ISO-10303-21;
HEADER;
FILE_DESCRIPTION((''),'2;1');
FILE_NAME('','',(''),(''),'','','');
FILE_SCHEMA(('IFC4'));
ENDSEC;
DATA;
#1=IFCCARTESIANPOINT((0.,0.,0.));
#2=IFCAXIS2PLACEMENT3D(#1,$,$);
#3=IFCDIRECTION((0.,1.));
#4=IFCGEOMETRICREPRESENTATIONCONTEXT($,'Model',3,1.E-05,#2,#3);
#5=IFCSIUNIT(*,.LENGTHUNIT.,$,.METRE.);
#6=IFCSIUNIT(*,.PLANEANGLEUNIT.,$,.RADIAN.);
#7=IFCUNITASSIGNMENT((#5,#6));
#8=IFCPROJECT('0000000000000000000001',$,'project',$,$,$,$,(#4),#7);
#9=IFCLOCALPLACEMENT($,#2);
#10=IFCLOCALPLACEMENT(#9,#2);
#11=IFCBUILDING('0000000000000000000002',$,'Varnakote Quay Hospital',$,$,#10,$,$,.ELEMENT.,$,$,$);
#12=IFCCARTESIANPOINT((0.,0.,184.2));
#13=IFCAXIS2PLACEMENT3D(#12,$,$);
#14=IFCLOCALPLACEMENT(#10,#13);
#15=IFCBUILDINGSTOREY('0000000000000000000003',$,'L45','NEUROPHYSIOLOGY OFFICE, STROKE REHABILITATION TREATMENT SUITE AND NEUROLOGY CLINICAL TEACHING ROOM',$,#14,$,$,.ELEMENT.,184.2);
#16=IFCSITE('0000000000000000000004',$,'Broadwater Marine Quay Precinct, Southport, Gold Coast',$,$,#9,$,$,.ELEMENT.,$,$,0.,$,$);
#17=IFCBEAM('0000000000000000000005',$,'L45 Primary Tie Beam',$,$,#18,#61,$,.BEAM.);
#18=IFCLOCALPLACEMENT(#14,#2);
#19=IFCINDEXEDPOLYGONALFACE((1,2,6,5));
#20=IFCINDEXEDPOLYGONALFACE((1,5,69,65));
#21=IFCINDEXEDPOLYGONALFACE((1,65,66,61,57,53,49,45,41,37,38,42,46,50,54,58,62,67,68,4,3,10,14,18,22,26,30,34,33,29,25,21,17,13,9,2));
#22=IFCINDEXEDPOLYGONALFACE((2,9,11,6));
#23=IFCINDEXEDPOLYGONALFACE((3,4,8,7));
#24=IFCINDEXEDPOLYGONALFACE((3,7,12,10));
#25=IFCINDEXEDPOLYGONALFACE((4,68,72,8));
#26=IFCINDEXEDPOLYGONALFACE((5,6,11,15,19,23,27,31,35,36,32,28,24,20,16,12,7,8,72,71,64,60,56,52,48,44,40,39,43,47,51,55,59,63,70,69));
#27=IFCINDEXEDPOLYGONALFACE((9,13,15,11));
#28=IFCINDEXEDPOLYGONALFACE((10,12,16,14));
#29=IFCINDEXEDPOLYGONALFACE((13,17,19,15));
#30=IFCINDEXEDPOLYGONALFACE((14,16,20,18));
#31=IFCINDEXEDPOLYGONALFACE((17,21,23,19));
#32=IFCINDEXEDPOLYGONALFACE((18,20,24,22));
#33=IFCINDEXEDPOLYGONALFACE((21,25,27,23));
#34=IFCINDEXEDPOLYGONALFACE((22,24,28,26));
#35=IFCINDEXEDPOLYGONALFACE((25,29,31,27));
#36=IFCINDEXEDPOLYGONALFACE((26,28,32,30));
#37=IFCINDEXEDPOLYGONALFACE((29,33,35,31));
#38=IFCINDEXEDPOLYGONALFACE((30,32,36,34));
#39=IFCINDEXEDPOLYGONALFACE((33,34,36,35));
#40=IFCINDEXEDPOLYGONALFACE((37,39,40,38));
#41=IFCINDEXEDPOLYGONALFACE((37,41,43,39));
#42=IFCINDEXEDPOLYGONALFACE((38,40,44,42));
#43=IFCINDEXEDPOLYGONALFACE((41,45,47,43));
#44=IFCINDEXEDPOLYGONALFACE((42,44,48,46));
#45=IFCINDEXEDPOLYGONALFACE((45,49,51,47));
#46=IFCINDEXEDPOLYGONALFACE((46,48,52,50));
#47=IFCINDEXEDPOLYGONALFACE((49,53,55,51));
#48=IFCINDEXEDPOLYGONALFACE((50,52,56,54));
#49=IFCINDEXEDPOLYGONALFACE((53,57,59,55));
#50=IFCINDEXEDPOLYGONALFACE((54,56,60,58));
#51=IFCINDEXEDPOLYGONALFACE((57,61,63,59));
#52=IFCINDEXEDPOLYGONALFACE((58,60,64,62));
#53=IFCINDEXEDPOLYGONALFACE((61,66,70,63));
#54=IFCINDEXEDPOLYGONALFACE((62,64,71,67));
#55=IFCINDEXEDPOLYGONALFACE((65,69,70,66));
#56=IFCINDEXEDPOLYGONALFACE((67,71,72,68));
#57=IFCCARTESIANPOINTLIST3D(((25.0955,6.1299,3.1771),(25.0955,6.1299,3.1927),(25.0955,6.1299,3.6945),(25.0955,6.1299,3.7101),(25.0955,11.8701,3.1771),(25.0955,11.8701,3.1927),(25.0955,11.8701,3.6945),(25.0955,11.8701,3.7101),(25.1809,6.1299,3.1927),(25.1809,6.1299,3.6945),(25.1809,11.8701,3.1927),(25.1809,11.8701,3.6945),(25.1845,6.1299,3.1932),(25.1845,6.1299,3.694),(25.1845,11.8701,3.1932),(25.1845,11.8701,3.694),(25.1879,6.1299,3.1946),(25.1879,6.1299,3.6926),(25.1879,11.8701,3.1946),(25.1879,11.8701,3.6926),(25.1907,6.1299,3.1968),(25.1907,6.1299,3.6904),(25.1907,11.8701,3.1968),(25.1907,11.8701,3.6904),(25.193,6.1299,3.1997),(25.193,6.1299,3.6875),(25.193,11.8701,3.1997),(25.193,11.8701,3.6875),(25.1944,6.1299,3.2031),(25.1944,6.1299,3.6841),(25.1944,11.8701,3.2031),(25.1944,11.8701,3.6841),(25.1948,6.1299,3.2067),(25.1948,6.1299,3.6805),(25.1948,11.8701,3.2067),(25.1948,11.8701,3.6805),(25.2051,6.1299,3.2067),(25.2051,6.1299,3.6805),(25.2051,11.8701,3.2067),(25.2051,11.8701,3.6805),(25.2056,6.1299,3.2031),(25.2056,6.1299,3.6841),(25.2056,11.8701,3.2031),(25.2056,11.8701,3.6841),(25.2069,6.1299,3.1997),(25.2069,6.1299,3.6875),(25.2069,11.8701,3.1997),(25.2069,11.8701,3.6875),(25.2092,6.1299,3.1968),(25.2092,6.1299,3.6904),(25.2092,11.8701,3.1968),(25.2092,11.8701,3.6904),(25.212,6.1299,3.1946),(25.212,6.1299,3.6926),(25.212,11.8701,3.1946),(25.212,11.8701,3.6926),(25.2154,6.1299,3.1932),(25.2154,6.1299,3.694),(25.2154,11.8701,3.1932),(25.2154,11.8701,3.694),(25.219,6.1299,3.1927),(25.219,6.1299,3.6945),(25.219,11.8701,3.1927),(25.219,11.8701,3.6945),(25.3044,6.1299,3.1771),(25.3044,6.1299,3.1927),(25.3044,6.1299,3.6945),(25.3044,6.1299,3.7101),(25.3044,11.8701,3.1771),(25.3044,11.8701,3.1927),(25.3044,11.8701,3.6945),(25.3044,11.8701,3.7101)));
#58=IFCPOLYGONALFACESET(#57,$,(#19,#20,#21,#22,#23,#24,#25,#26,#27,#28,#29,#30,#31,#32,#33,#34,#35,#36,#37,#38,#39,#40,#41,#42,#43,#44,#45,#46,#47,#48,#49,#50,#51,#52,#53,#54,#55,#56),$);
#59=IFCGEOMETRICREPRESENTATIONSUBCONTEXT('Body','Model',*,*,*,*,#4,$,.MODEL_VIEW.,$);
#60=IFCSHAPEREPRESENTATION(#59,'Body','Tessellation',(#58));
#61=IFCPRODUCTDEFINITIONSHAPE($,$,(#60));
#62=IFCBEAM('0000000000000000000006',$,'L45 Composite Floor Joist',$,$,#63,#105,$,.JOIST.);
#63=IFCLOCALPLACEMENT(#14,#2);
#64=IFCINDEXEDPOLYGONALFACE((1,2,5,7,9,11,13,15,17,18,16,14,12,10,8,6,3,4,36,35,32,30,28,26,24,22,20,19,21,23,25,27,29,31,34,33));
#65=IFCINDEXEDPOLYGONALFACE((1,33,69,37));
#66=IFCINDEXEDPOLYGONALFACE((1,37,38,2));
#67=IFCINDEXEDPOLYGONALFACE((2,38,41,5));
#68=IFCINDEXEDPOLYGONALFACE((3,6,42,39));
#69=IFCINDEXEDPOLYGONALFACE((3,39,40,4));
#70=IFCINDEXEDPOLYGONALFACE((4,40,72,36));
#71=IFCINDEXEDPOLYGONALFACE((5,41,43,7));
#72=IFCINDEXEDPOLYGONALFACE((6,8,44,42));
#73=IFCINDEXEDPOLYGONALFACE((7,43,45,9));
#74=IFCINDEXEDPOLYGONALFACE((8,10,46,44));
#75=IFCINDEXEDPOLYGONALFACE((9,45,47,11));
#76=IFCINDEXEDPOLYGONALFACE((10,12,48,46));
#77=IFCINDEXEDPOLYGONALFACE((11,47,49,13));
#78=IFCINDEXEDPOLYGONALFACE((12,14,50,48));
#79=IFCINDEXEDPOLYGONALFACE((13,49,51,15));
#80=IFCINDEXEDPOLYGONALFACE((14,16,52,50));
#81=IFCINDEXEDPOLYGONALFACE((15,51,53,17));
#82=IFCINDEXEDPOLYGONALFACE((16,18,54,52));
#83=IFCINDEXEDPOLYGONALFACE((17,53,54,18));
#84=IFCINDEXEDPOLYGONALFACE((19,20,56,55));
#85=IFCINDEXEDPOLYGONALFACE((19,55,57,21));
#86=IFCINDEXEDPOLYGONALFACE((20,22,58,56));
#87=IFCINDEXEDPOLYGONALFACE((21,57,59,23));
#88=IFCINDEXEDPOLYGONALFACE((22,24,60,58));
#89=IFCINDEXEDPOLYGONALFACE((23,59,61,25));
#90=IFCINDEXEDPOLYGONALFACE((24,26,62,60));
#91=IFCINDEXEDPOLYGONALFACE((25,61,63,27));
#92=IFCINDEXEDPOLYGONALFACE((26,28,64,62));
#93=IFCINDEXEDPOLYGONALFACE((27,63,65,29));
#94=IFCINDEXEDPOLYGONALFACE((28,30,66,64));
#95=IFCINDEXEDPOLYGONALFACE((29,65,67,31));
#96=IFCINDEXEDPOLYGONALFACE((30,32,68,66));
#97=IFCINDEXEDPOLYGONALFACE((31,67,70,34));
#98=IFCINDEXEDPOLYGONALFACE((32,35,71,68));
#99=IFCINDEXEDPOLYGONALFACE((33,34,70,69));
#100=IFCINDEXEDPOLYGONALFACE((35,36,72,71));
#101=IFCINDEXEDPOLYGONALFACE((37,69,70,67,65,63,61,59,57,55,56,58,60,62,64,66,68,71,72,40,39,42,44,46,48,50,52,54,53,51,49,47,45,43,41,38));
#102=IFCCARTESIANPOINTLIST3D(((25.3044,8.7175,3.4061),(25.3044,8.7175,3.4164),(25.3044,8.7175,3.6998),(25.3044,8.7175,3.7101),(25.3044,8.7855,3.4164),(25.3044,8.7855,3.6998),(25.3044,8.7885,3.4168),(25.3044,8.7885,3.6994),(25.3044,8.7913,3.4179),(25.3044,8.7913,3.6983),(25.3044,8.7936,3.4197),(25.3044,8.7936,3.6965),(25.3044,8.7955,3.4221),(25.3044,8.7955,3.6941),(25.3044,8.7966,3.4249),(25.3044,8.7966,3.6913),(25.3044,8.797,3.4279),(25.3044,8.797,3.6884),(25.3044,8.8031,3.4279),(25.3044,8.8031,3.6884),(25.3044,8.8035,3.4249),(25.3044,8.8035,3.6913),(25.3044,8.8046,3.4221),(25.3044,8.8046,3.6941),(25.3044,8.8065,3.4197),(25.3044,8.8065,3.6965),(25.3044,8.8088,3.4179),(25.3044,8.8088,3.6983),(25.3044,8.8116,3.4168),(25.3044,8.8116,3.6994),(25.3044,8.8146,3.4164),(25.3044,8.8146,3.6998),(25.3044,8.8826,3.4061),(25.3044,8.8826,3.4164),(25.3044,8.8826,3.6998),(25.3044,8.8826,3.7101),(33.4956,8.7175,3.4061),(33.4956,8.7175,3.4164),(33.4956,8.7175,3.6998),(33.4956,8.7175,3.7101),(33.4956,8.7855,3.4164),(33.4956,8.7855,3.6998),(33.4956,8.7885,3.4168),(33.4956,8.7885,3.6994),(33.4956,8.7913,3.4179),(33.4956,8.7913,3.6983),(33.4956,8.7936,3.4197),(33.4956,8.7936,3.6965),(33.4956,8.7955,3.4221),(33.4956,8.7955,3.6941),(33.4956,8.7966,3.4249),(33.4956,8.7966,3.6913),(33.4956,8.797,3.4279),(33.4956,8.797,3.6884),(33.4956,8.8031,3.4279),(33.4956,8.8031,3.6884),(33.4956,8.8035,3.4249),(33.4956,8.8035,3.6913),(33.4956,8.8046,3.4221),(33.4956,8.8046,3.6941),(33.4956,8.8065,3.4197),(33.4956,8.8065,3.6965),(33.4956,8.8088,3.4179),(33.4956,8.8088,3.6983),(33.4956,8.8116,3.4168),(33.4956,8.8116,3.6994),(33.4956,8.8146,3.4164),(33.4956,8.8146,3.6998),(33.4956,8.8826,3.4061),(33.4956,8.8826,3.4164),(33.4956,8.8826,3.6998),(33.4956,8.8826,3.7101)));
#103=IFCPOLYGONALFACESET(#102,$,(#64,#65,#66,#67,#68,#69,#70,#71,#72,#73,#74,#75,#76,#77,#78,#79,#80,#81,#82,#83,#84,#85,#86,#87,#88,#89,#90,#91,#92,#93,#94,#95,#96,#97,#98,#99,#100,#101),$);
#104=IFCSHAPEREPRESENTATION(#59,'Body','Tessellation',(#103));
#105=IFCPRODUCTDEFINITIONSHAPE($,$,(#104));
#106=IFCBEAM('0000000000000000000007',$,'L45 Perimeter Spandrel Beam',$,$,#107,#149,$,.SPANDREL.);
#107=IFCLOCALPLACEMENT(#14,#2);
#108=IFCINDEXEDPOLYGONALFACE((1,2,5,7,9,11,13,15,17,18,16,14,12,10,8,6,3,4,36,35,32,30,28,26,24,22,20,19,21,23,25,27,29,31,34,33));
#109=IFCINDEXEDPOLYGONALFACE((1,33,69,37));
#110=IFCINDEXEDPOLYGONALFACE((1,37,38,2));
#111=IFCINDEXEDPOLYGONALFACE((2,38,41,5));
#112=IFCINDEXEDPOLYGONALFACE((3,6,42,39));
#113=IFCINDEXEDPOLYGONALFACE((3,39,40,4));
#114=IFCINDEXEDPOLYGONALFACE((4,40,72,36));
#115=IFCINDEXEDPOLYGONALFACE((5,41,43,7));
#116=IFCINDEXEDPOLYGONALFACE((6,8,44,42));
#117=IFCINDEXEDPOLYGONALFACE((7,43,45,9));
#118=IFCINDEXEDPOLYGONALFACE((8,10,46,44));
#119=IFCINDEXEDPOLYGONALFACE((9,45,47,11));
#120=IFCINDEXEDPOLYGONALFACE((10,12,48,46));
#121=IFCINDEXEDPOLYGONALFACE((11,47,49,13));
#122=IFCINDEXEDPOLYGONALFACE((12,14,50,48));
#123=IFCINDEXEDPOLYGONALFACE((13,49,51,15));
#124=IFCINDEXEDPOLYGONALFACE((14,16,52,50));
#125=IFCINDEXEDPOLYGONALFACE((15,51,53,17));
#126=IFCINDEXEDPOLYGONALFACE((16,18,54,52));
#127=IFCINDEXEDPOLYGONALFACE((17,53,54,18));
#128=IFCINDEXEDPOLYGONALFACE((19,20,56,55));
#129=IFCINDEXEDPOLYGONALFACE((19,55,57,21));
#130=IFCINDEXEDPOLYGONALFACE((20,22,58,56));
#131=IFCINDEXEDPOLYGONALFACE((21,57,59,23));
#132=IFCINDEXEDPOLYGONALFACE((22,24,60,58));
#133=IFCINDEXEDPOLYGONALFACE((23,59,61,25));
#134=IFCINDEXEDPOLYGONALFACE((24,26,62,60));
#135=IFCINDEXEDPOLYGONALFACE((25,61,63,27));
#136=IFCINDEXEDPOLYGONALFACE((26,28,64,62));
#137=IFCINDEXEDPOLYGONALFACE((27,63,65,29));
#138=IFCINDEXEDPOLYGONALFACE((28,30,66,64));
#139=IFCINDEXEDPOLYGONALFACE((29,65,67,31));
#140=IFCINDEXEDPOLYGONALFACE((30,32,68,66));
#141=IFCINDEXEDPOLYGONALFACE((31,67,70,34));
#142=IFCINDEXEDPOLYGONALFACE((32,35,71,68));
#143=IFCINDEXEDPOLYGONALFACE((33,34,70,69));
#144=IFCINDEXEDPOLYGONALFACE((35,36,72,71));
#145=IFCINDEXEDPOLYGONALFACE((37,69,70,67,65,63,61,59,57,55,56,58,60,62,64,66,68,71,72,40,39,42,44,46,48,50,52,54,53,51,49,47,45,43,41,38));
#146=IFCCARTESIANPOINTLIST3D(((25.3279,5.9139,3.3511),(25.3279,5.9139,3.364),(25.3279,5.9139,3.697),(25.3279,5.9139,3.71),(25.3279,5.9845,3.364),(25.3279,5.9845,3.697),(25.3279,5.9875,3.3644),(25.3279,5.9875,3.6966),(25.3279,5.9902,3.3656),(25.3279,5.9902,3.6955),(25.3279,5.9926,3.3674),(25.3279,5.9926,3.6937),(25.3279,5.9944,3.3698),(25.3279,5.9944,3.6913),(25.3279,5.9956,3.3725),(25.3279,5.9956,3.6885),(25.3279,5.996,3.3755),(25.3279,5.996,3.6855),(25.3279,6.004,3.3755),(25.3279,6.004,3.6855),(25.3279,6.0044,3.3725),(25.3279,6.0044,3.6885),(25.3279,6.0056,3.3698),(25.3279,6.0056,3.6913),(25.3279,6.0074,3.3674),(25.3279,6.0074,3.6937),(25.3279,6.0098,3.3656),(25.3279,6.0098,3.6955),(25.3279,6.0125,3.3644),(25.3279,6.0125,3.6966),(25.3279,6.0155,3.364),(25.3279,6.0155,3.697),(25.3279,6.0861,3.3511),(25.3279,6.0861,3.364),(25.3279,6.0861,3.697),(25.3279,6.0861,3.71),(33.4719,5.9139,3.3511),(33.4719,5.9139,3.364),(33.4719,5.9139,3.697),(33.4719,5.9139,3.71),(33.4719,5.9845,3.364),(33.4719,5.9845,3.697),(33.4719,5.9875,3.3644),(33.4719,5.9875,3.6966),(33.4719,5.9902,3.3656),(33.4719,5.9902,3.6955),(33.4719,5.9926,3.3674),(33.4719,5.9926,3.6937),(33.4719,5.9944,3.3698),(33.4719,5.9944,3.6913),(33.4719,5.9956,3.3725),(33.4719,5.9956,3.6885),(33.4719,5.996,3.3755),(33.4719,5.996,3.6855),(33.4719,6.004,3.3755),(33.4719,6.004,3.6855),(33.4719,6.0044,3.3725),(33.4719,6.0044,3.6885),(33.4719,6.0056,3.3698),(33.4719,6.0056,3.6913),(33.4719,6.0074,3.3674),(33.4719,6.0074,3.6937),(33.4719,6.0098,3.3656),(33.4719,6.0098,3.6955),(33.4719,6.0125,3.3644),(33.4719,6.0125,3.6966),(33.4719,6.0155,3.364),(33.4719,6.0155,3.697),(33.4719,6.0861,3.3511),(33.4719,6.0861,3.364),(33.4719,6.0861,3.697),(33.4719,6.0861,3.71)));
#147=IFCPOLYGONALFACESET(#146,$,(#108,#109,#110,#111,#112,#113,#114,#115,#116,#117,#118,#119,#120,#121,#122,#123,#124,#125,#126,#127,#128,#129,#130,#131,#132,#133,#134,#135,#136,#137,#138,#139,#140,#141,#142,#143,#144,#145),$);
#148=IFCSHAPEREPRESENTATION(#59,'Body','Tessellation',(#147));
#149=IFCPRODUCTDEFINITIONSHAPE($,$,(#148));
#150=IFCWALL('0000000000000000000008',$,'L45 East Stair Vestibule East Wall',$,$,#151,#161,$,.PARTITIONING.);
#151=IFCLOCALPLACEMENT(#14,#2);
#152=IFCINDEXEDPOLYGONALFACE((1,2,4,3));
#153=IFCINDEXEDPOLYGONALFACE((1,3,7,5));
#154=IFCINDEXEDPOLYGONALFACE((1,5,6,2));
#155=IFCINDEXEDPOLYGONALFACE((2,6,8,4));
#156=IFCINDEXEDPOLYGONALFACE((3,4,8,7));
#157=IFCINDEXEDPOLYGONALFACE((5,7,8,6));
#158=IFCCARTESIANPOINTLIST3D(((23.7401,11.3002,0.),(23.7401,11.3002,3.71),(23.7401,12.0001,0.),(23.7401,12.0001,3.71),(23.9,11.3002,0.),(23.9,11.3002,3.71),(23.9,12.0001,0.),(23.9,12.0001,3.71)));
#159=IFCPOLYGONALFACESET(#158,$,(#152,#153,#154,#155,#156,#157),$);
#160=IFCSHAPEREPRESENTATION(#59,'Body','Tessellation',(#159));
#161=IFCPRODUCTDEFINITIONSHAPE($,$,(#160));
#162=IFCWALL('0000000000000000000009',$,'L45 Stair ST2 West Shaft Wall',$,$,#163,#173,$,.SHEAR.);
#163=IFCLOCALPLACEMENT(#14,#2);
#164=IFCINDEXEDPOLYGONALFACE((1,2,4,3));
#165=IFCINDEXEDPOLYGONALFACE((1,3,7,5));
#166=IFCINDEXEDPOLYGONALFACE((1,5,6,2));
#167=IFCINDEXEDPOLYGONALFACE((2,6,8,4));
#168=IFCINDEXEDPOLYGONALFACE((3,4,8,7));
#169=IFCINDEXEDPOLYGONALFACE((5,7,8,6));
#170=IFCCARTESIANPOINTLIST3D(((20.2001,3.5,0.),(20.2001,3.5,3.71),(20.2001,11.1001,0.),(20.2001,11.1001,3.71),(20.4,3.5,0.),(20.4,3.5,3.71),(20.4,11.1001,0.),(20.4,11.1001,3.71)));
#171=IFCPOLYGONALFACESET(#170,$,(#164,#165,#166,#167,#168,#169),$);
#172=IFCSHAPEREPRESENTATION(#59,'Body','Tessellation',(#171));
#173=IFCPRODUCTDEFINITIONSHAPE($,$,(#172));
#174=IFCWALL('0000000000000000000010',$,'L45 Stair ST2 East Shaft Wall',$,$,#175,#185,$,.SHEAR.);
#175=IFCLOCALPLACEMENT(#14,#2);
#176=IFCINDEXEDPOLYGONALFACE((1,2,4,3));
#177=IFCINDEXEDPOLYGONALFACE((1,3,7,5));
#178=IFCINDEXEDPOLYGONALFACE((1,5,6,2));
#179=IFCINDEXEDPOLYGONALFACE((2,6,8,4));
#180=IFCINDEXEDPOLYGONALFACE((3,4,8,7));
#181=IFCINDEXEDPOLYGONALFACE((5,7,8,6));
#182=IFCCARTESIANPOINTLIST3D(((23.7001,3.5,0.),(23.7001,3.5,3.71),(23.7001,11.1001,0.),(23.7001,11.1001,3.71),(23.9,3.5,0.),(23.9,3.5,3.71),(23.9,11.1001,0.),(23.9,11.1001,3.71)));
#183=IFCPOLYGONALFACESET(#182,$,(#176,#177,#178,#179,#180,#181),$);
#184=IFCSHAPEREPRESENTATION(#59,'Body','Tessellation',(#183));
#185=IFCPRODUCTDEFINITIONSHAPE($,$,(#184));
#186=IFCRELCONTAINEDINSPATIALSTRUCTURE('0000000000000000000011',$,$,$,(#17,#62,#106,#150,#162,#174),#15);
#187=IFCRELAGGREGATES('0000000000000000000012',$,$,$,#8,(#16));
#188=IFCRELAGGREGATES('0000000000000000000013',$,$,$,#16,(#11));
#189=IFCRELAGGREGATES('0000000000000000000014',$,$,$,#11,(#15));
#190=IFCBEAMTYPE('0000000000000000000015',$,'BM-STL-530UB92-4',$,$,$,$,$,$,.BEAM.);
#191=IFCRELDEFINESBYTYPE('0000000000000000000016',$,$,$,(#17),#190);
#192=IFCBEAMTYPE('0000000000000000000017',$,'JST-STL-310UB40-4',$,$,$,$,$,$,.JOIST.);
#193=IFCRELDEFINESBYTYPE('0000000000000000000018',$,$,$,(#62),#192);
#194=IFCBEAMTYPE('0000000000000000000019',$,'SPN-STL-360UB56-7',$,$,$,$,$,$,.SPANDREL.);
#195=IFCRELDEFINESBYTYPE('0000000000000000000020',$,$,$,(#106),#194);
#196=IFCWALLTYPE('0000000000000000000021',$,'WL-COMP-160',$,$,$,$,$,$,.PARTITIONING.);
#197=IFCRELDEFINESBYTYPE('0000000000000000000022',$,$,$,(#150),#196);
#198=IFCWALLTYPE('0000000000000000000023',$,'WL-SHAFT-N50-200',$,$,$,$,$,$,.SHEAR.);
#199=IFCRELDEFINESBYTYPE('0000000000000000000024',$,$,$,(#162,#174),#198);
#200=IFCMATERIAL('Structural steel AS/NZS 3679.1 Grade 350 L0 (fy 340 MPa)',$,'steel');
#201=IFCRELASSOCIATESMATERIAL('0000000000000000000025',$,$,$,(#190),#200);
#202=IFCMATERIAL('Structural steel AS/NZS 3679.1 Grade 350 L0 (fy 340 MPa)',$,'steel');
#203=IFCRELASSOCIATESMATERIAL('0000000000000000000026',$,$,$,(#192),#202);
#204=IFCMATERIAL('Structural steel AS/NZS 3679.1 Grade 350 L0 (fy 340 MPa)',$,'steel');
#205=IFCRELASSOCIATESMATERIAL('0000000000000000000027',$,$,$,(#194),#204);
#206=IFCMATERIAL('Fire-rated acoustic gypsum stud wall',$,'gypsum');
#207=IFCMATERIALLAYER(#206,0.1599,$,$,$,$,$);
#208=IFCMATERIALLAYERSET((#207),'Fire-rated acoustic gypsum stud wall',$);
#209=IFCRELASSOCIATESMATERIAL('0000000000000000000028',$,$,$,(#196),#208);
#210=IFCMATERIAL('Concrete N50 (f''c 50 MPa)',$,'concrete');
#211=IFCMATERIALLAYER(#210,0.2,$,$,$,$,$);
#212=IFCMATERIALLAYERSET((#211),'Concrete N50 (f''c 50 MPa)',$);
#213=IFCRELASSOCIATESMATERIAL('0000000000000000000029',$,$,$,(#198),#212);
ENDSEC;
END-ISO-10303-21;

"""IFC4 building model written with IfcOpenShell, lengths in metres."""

from ifc_helpers import new_model, si_unit, direction, frame, frame_2d, origin, origin_2d, place, context, subcontext, project, spatial, rectangle, i_section, extrude, material, layer, layer_set, material_profile, profile_set, type_object, element, save


model = new_model("IFC4")

# Units and contexts
model_context = context("Model", 3, precision=1e-05, world=origin(), true_north=direction((0.0, 1.0)))
body_context = subcontext(model_context, "Body", "Model", "MODEL_VIEW")
ifc_project = project(units=[si_unit("LENGTHUNIT", "METRE"), si_unit("PLANEANGLEUNIT", "RADIAN")], contexts=[model_context])

# Site, building, storey
site_placement = place(None, origin())
site = spatial("IfcSite", under=ifc_project, at=site_placement, Name="Broadwater Marine Quay Precinct, Southport, Gold Coast", CompositionType="ELEMENT", RefElevation=0.0)
building_placement = place(site_placement, origin())
building = spatial("IfcBuilding", under=site, at=building_placement, Name="Varnakote Quay Hospital", CompositionType="ELEMENT")
storey_placement = place(building_placement, frame((0.0, 0.0, 184.2)))
storey = spatial("IfcBuildingStorey", under=building, at=storey_placement, Name="L45", Description="NEUROPHYSIOLOGY OFFICE, STROKE REHABILITATION TREATMENT SUITE AND NEUROLOGY CLINICAL TEACHING ROOM", CompositionType="ELEMENT", Elevation=184.2)

# Beams
ifc_material_1 = material(Name="Structural steel AS/NZS 3679.1 Grade 350 L0 (fy 340 MPa)", Category="steel")
ifc_material_profile_1 = material_profile(ifc_material_1, i_section(OverallWidth=0.209, OverallDepth=0.533, WebThickness=0.0103, FlangeThickness=0.0156, FilletRadius=0.0139, at=origin_2d()), Name="530UB92.4")
ifc_profile_set_1 = profile_set([ifc_material_profile_1], Name="Structural steel AS/NZS 3679.1 Grade 350 L0 (fy 340 MPa)")
beam_type_1 = type_object("IfcBeamType", Name="BM-STL-530UB92-4", PredefinedType="BEAM", material=ifc_profile_set_1)
beam_1_placement = place(storey_placement, frame((25.2, 6.1299, 3.4436), z_axis=(0.0, 1.0, 0.0), x_axis=(-1.0, 0.0, 0.0)))
element("IfcBeam", 1, at=beam_1_placement, inside=storey, type_object=beam_type_1, Name="L45 Primary Tie Beam", PredefinedType="BEAM", context=body_context, shape_type="SweptSolid", body=[
    extrude(i_section(OverallWidth=0.209, OverallDepth=0.533, WebThickness=0.0103, FlangeThickness=0.0156, FilletRadius=0.0139, at=origin_2d()), origin(), (0.0, 0.0, 1.0), 5.7402),
])
ifc_material_2 = material(Name="Structural steel AS/NZS 3679.1 Grade 350 L0 (fy 340 MPa)", Category="steel")
ifc_material_profile_2 = material_profile(ifc_material_2, i_section(OverallWidth=0.165, OverallDepth=0.304, WebThickness=0.0061, FlangeThickness=0.0103, FilletRadius=0.0115, at=origin_2d()), Name="310UB40.4")
ifc_profile_set_2 = profile_set([ifc_material_profile_2], Name="Structural steel AS/NZS 3679.1 Grade 350 L0 (fy 340 MPa)")
beam_type_2 = type_object("IfcBeamType", Name="JST-STL-310UB40-4", PredefinedType="JOIST", material=ifc_profile_set_2)
beam_2_placement = place(storey_placement, frame((25.3044, 8.8, 3.5581), z_axis=(1.0, 0.0, 0.0), x_axis=(0.0, 1.0, 0.0)))
element("IfcBeam", 2, at=beam_2_placement, inside=storey, type_object=beam_type_2, Name="L45 Composite Floor Joist", PredefinedType="JOIST", context=body_context, shape_type="SweptSolid", body=[
    extrude(i_section(OverallWidth=0.165, OverallDepth=0.304, WebThickness=0.0061, FlangeThickness=0.0103, FilletRadius=0.0115, at=origin_2d()), origin(), (0.0, 0.0, 1.0), 8.1912),
])
ifc_material_3 = material(Name="Structural steel AS/NZS 3679.1 Grade 350 L0 (fy 340 MPa)", Category="steel")
ifc_material_profile_3 = material_profile(ifc_material_3, i_section(OverallWidth=0.1721, OverallDepth=0.3589, WebThickness=0.0081, FlangeThickness=0.0129, FilletRadius=0.0115, at=origin_2d()), Name="360UB56.7")
ifc_profile_set_3 = profile_set([ifc_material_profile_3], Name="Structural steel AS/NZS 3679.1 Grade 350 L0 (fy 340 MPa)")
beam_type_3 = type_object("IfcBeamType", Name="SPN-STL-360UB56-7", PredefinedType="SPANDREL", material=ifc_profile_set_3)
beam_3_placement = place(storey_placement, frame((25.3279, 6.0, 3.5305), z_axis=(1.0, 0.0, 0.0), x_axis=(0.0, 1.0, 0.0)))
element("IfcBeam", 3, at=beam_3_placement, inside=storey, type_object=beam_type_3, Name="L45 Perimeter Spandrel Beam", PredefinedType="SPANDREL", context=body_context, shape_type="SweptSolid", body=[
    extrude(i_section(OverallWidth=0.1721, OverallDepth=0.3589, WebThickness=0.0081, FlangeThickness=0.0129, FilletRadius=0.0115, at=origin_2d()), origin(), (0.0, 0.0, 1.0), 8.144),
])

# Walls
ifc_material_4 = material(Name="Fire-rated acoustic gypsum stud wall", Category="gypsum")
ifc_layer_1 = layer(ifc_material_4, 0.1599)
ifc_layer_set_1 = layer_set([ifc_layer_1], Name="Fire-rated acoustic gypsum stud wall")
wall_type_1 = type_object("IfcWallType", Name="WL-COMP-160", PredefinedType="PARTITIONING", material=ifc_layer_set_1)
wall_placement = place(storey_placement, frame((23.8201, 11.3, 0.0), z_axis=(0.0, 0.0, 1.0), x_axis=(0.0, 1.0, 0.0)))
element("IfcWall", 4, at=wall_placement, inside=storey, type_object=wall_type_1, Name="L45 East Stair Vestibule East Wall", PredefinedType="PARTITIONING", context=body_context, shape_type="SweptSolid", body=[
    extrude(rectangle(XDim=0.7, YDim=0.1599, at=frame_2d((0.3501, 0.0))), origin(), (0.0, 0.0, 1.0), 3.71),
])
ifc_material_5 = material(Name="Concrete N50 (f'c 50 MPa)", Category="concrete")
ifc_layer_2 = layer(ifc_material_5, 0.2)
ifc_layer_set_2 = layer_set([ifc_layer_2], Name="Concrete N50 (f'c 50 MPa)")
wall_type_2 = type_object("IfcWallType", Name="WL-SHAFT-N50-200", PredefinedType="SHEAR", material=ifc_layer_set_2)
for number, where, z_axis, x_axis, name in (
    (5, (20.3, 3.5, 0.0), (0.0, 0.0, 1.0), (0.0, 1.0, 0.0), "L45 Stair ST2 West Shaft Wall"),
    (6, (23.8, 3.5, 0.0), (0.0, 0.0, 1.0), (0.0, 1.0, 0.0), "L45 Stair ST2 East Shaft Wall"),
):
    element("IfcWall", number, at=place(storey_placement, frame(where, z_axis=z_axis, x_axis=x_axis)), inside=storey, type_object=wall_type_2, Name=name, PredefinedType="SHEAR", context=body_context, shape_type="SweptSolid", body=[
        extrude(rectangle(XDim=7.6001, YDim=0.2, at=frame_2d((3.8, 0.0))), origin(), (0.0, 0.0, 1.0), 3.71),
    ])

save(model, "model.ifc")
